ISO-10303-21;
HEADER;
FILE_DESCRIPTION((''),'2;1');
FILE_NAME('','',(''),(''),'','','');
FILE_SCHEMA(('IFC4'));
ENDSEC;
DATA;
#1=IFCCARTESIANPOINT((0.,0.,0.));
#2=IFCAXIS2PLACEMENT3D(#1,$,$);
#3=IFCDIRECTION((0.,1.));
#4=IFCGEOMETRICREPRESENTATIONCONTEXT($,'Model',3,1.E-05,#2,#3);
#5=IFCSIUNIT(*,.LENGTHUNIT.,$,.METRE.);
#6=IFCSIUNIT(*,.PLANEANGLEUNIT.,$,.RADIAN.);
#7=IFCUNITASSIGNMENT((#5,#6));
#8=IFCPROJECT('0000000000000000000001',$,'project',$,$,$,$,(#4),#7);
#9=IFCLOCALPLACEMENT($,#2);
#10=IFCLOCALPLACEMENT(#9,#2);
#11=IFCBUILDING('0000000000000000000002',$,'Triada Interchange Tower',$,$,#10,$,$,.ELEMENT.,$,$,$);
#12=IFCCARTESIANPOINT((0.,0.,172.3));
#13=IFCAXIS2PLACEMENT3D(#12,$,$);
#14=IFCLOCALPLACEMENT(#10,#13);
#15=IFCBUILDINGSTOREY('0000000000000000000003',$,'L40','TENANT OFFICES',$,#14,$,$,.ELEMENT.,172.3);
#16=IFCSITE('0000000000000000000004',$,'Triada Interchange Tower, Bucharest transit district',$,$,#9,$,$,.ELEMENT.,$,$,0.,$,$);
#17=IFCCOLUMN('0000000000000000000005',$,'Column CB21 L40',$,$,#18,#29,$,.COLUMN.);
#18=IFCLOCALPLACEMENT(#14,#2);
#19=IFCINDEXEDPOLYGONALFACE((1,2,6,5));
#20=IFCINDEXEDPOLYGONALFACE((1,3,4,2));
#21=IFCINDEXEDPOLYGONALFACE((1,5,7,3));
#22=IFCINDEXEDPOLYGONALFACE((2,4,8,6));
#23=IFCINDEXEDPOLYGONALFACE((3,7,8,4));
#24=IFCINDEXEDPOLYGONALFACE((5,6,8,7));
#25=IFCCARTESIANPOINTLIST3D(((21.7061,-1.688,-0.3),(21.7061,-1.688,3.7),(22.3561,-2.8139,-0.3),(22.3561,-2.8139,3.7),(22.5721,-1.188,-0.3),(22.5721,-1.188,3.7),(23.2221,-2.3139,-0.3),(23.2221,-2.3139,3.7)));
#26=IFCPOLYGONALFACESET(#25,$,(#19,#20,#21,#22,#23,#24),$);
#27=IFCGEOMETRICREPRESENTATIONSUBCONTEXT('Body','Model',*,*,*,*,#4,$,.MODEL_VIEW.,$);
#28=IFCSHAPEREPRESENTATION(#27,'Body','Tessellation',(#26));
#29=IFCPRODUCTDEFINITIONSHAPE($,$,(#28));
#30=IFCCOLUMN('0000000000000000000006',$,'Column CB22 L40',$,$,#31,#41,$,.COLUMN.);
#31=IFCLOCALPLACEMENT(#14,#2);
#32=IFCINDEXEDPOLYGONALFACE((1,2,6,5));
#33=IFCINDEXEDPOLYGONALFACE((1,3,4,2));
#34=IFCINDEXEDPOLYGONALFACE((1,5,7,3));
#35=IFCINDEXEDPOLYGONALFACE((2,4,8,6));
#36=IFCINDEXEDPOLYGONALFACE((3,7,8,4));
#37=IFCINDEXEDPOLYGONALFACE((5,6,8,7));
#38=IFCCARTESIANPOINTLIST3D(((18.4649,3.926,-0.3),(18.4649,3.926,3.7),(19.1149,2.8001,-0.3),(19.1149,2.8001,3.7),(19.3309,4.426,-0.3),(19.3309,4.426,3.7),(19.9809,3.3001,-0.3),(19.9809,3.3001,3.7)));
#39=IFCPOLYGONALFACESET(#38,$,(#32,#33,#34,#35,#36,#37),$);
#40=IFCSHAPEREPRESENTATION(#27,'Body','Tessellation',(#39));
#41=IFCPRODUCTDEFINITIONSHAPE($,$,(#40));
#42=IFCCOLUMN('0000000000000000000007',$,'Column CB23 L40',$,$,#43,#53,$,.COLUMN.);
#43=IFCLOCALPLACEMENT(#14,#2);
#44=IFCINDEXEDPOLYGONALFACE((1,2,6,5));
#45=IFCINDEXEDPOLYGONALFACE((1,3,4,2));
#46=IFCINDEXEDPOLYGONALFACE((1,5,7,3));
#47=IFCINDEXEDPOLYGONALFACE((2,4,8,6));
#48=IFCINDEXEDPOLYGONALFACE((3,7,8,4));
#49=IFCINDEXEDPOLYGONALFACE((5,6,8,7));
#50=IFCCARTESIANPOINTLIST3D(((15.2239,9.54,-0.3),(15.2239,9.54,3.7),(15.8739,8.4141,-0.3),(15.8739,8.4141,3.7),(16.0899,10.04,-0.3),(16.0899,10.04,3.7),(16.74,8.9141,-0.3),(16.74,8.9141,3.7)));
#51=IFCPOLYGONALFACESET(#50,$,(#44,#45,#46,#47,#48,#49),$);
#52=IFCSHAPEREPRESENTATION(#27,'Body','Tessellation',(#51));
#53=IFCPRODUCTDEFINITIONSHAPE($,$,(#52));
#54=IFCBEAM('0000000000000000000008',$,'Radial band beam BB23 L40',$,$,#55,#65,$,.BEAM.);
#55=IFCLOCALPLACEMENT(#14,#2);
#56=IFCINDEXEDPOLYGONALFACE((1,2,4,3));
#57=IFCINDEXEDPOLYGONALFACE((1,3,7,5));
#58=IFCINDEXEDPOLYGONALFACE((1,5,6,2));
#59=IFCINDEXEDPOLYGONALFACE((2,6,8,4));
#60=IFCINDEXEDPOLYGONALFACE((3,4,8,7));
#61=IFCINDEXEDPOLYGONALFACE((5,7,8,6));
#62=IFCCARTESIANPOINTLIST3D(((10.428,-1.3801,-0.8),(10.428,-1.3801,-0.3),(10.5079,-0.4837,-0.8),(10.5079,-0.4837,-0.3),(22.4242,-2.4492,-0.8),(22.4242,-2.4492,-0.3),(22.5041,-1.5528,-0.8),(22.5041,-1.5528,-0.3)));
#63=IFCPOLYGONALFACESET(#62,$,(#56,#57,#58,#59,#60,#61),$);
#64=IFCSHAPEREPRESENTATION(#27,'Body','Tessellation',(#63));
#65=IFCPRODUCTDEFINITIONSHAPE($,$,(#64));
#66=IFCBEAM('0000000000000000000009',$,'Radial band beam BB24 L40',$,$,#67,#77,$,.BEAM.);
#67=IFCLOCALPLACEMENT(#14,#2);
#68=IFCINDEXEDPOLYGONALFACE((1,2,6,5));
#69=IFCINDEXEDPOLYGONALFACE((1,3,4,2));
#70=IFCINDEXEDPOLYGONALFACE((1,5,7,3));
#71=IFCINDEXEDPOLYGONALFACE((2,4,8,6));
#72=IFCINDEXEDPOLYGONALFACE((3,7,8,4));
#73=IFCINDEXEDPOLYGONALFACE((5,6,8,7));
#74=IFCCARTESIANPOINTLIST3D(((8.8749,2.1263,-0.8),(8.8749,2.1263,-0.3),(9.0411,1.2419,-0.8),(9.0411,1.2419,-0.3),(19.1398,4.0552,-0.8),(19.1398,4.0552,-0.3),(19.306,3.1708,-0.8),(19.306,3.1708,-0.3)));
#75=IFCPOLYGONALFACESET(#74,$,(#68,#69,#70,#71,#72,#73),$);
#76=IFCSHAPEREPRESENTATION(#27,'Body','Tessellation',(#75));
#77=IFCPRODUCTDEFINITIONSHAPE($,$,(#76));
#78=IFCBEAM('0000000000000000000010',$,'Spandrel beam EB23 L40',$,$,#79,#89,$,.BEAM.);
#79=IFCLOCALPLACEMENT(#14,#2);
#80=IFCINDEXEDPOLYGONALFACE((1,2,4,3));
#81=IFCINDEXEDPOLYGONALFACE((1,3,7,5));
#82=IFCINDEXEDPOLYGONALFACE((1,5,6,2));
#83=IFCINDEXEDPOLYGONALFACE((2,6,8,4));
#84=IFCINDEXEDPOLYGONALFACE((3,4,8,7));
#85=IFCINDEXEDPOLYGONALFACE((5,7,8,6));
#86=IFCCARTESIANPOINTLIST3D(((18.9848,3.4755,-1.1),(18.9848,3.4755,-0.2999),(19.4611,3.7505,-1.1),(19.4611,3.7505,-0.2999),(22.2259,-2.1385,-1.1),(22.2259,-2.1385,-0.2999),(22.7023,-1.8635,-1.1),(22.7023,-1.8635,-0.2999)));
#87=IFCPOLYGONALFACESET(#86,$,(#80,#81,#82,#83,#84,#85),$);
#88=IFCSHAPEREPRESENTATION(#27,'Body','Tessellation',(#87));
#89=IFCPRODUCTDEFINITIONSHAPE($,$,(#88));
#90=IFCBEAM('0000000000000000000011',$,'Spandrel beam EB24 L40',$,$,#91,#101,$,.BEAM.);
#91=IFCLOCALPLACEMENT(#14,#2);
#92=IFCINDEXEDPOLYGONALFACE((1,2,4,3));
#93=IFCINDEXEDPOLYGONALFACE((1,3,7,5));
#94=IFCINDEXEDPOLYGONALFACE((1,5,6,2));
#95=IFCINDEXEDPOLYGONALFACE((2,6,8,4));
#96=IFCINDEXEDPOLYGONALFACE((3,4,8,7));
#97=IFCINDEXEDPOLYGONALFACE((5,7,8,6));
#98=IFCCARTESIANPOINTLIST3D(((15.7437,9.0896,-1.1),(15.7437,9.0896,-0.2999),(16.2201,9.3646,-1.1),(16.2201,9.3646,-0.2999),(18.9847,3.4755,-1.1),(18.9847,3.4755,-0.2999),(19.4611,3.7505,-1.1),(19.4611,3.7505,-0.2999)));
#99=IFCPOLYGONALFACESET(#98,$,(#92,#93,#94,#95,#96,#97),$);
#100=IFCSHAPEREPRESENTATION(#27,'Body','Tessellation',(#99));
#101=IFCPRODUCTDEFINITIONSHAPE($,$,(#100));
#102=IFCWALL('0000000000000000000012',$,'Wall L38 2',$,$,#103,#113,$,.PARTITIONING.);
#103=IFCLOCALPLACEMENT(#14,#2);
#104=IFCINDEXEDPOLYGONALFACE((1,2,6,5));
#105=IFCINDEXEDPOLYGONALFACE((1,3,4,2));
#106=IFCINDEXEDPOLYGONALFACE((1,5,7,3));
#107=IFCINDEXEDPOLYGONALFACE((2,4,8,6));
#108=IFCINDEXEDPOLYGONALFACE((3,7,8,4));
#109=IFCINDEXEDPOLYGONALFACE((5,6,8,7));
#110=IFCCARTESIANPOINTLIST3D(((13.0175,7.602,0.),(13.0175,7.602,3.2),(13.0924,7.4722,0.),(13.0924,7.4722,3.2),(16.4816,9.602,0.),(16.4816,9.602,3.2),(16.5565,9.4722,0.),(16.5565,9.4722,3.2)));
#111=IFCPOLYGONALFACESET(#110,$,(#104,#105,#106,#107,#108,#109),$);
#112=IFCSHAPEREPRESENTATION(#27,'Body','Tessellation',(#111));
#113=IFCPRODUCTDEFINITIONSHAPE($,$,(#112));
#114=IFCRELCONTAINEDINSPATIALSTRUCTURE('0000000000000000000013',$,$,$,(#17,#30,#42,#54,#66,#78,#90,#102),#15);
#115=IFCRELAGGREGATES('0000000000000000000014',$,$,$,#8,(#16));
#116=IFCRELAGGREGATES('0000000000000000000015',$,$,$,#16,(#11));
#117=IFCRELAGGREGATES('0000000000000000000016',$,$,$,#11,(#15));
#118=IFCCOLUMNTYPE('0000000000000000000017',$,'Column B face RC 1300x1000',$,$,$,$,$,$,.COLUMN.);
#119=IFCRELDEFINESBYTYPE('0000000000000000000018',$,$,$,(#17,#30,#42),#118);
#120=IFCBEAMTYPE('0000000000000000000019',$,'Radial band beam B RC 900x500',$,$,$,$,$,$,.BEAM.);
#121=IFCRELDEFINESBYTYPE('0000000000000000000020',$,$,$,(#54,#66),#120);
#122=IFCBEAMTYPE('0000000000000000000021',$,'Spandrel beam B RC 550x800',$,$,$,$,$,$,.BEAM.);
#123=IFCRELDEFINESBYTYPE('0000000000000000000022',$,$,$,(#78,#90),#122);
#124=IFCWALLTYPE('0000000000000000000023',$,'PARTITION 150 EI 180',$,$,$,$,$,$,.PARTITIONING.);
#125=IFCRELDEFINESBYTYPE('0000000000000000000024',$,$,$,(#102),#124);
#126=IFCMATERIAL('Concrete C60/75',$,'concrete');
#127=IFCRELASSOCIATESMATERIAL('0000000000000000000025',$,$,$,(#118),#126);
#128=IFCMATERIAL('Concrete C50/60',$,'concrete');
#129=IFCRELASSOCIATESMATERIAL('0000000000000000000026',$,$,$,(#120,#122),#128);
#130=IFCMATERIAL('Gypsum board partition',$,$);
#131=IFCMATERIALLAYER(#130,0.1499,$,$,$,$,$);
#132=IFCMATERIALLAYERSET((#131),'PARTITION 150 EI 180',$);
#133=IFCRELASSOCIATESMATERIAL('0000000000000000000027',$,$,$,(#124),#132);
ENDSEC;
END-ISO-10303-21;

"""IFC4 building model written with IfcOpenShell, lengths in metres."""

from ifc_helpers import new_model, si_unit, direction, frame, frame_2d, origin, origin_2d, place, context, subcontext, project, spatial, rectangle, extrude, material, layer, layer_set, material_profile, profile_set, type_object, element, save


model = new_model("IFC4")

# Units and contexts
model_context = context("Model", 3, precision=1e-05, world=origin(), true_north=direction((0.0, 1.0)))
body_context = subcontext(model_context, "Body", "Model", "MODEL_VIEW")
ifc_project = project(units=[si_unit("LENGTHUNIT", "METRE"), si_unit("PLANEANGLEUNIT", "RADIAN")], contexts=[model_context])

# Site, building, storey
site_placement = place(None, origin())
site = spatial("IfcSite", under=ifc_project, at=site_placement, Name="Triada Interchange Tower, Bucharest transit district", CompositionType="ELEMENT", RefElevation=0.0)
building_placement = place(site_placement, origin())
building = spatial("IfcBuilding", under=site, at=building_placement, Name="Triada Interchange Tower", CompositionType="ELEMENT")
storey_placement = place(building_placement, frame((0.0, 0.0, 172.3)))
storey = spatial("IfcBuildingStorey", under=building, at=storey_placement, Name="L40", Description="TENANT OFFICES", CompositionType="ELEMENT", Elevation=172.3)

# Columns
ifc_material_1 = material(Name="Concrete C60/75", Category="concrete")
ifc_material_profile_1 = material_profile(ifc_material_1, rectangle(XDim=1.3, YDim=1.0, at=origin_2d()), Name="RC 1300x1000")
ifc_profile_set_1 = profile_set([ifc_material_profile_1], Name="Concrete C60/75")
column_type = type_object("IfcColumnType", Name="Column B face RC 1300x1000", PredefinedType="COLUMN", material=ifc_profile_set_1)
for number, where, z_axis, x_axis, name in (
    (1, (22.4641, -2.001, -0.3), (0.0, 0.0, 1.0), (-0.5, 0.866025, 0.0), "Column CB21 L40"),
    (2, (19.2229, 3.613, -0.3), (0.0, 0.0, 1.0), (-0.5, 0.866025, 0.0), "Column CB22 L40"),
    (3, (15.9819, 9.2271, -0.3), (0.0, 0.0, 1.0), (-0.5, 0.866025, 0.0), "Column CB23 L40"),
):
    element("IfcColumn", number, at=place(storey_placement, frame(where, z_axis=z_axis, x_axis=x_axis)), inside=storey, type_object=column_type, Name=name, PredefinedType="COLUMN", context=body_context, shape_type="SweptSolid", body=[
        extrude(rectangle(XDim=1.3, YDim=1.0, at=origin_2d()), origin(), (0.0, 0.0, 1.0), 4.0),
    ])

# Beams
ifc_material_2 = material(Name="Concrete C50/60", Category="concrete")
ifc_material_profile_2 = material_profile(ifc_material_2, rectangle(XDim=0.8999, YDim=0.5, at=origin_2d()), Name="RC 900x500")
ifc_profile_set_2 = profile_set([ifc_material_profile_2], Name="Concrete C50/60")
beam_type_1 = type_object("IfcBeamType", Name="Radial band beam B RC 900x500", PredefinedType="BEAM", material=ifc_profile_set_2)
beam_1_placement = place(storey_placement, frame((22.4641, -2.001, -0.55), z_axis=(-0.996052, 0.088768, 0.0), x_axis=(-0.088768, -0.996052, 0.0)))
element("IfcBeam", 4, at=beam_1_placement, inside=storey, type_object=beam_type_1, Name="Radial band beam BB23 L40", PredefinedType="BEAM", context=body_context, shape_type="SweptSolid", body=[
    extrude(rectangle(XDim=0.8999, YDim=0.5, at=origin_2d()), origin(), (0.0, 0.0, 1.0), 12.0437),
])
beam_2_placement = place(storey_placement, frame((19.2229, 3.613, -0.55), z_axis=(-0.982798, -0.184685, 0.0), x_axis=(0.184685, -0.982798, 0.0)))
element("IfcBeam", 5, at=beam_2_placement, inside=storey, type_object=beam_type_1, Name="Radial band beam BB24 L40", PredefinedType="BEAM", context=body_context, shape_type="SweptSolid", body=[
    extrude(rectangle(XDim=0.8999, YDim=0.5, at=origin_2d()), origin(), (0.0, 0.0, 1.0), 10.4446),
])
ifc_material_profile_3 = material_profile(ifc_material_2, rectangle(XDim=0.55, YDim=0.8, at=origin_2d()), Name="RC 550x800")
ifc_profile_set_3 = profile_set([ifc_material_profile_3], Name="Concrete C50/60")
beam_type_2 = type_object("IfcBeamType", Name="Spandrel beam B RC 550x800", PredefinedType="BEAM", material=ifc_profile_set_3)
for number, where, z_axis, x_axis, name in (
    (6, (22.4641, -2.001, -0.7), (-0.499995, 0.866028, 0.0), (-0.866028, -0.499995, 0.0), "Spandrel beam EB23 L40"),
    (7, (19.2229, 3.613, -0.7), (-0.499967, 0.866044, 0.0), (-0.866044, -0.499967, 0.0), "Spandrel beam EB24 L40"),
):
    element("IfcBeam", number, at=place(storey_placement, frame(where, z_axis=z_axis, x_axis=x_axis)), inside=storey, type_object=beam_type_2, Name=name, PredefinedType="BEAM", context=body_context, shape_type="SweptSolid", body=[
        extrude(rectangle(XDim=0.55, YDim=0.8, at=origin_2d()), origin(), (0.0, 0.0, 1.0), 6.4824),
    ])

# Wall
ifc_material_3 = material(Name="Gypsum board partition")
ifc_layer_1 = layer(ifc_material_3, 0.1499)
ifc_layer_set_1 = layer_set([ifc_layer_1], Name="PARTITION 150 EI 180")
wall_type = type_object("IfcWallType", Name="PARTITION 150 EI 180", PredefinedType="PARTITIONING", material=ifc_layer_set_1)
wall_1_placement = place(storey_placement, frame((13.0549, 7.5371, 0.0), z_axis=(0.0, 0.0, 1.0), x_axis=(0.866026, 0.499999, 0.0)))
element("IfcWall", 8, at=wall_1_placement, inside=storey, type_object=wall_type, Name="Wall L38 2", PredefinedType="PARTITIONING", context=body_context, shape_type="SweptSolid", body=[
    extrude(rectangle(XDim=4.0, YDim=0.1499, at=frame_2d((2.0, 0.0))), origin(), (0.0, 0.0, 1.0), 3.2),
])

save(model, "model.ifc")
